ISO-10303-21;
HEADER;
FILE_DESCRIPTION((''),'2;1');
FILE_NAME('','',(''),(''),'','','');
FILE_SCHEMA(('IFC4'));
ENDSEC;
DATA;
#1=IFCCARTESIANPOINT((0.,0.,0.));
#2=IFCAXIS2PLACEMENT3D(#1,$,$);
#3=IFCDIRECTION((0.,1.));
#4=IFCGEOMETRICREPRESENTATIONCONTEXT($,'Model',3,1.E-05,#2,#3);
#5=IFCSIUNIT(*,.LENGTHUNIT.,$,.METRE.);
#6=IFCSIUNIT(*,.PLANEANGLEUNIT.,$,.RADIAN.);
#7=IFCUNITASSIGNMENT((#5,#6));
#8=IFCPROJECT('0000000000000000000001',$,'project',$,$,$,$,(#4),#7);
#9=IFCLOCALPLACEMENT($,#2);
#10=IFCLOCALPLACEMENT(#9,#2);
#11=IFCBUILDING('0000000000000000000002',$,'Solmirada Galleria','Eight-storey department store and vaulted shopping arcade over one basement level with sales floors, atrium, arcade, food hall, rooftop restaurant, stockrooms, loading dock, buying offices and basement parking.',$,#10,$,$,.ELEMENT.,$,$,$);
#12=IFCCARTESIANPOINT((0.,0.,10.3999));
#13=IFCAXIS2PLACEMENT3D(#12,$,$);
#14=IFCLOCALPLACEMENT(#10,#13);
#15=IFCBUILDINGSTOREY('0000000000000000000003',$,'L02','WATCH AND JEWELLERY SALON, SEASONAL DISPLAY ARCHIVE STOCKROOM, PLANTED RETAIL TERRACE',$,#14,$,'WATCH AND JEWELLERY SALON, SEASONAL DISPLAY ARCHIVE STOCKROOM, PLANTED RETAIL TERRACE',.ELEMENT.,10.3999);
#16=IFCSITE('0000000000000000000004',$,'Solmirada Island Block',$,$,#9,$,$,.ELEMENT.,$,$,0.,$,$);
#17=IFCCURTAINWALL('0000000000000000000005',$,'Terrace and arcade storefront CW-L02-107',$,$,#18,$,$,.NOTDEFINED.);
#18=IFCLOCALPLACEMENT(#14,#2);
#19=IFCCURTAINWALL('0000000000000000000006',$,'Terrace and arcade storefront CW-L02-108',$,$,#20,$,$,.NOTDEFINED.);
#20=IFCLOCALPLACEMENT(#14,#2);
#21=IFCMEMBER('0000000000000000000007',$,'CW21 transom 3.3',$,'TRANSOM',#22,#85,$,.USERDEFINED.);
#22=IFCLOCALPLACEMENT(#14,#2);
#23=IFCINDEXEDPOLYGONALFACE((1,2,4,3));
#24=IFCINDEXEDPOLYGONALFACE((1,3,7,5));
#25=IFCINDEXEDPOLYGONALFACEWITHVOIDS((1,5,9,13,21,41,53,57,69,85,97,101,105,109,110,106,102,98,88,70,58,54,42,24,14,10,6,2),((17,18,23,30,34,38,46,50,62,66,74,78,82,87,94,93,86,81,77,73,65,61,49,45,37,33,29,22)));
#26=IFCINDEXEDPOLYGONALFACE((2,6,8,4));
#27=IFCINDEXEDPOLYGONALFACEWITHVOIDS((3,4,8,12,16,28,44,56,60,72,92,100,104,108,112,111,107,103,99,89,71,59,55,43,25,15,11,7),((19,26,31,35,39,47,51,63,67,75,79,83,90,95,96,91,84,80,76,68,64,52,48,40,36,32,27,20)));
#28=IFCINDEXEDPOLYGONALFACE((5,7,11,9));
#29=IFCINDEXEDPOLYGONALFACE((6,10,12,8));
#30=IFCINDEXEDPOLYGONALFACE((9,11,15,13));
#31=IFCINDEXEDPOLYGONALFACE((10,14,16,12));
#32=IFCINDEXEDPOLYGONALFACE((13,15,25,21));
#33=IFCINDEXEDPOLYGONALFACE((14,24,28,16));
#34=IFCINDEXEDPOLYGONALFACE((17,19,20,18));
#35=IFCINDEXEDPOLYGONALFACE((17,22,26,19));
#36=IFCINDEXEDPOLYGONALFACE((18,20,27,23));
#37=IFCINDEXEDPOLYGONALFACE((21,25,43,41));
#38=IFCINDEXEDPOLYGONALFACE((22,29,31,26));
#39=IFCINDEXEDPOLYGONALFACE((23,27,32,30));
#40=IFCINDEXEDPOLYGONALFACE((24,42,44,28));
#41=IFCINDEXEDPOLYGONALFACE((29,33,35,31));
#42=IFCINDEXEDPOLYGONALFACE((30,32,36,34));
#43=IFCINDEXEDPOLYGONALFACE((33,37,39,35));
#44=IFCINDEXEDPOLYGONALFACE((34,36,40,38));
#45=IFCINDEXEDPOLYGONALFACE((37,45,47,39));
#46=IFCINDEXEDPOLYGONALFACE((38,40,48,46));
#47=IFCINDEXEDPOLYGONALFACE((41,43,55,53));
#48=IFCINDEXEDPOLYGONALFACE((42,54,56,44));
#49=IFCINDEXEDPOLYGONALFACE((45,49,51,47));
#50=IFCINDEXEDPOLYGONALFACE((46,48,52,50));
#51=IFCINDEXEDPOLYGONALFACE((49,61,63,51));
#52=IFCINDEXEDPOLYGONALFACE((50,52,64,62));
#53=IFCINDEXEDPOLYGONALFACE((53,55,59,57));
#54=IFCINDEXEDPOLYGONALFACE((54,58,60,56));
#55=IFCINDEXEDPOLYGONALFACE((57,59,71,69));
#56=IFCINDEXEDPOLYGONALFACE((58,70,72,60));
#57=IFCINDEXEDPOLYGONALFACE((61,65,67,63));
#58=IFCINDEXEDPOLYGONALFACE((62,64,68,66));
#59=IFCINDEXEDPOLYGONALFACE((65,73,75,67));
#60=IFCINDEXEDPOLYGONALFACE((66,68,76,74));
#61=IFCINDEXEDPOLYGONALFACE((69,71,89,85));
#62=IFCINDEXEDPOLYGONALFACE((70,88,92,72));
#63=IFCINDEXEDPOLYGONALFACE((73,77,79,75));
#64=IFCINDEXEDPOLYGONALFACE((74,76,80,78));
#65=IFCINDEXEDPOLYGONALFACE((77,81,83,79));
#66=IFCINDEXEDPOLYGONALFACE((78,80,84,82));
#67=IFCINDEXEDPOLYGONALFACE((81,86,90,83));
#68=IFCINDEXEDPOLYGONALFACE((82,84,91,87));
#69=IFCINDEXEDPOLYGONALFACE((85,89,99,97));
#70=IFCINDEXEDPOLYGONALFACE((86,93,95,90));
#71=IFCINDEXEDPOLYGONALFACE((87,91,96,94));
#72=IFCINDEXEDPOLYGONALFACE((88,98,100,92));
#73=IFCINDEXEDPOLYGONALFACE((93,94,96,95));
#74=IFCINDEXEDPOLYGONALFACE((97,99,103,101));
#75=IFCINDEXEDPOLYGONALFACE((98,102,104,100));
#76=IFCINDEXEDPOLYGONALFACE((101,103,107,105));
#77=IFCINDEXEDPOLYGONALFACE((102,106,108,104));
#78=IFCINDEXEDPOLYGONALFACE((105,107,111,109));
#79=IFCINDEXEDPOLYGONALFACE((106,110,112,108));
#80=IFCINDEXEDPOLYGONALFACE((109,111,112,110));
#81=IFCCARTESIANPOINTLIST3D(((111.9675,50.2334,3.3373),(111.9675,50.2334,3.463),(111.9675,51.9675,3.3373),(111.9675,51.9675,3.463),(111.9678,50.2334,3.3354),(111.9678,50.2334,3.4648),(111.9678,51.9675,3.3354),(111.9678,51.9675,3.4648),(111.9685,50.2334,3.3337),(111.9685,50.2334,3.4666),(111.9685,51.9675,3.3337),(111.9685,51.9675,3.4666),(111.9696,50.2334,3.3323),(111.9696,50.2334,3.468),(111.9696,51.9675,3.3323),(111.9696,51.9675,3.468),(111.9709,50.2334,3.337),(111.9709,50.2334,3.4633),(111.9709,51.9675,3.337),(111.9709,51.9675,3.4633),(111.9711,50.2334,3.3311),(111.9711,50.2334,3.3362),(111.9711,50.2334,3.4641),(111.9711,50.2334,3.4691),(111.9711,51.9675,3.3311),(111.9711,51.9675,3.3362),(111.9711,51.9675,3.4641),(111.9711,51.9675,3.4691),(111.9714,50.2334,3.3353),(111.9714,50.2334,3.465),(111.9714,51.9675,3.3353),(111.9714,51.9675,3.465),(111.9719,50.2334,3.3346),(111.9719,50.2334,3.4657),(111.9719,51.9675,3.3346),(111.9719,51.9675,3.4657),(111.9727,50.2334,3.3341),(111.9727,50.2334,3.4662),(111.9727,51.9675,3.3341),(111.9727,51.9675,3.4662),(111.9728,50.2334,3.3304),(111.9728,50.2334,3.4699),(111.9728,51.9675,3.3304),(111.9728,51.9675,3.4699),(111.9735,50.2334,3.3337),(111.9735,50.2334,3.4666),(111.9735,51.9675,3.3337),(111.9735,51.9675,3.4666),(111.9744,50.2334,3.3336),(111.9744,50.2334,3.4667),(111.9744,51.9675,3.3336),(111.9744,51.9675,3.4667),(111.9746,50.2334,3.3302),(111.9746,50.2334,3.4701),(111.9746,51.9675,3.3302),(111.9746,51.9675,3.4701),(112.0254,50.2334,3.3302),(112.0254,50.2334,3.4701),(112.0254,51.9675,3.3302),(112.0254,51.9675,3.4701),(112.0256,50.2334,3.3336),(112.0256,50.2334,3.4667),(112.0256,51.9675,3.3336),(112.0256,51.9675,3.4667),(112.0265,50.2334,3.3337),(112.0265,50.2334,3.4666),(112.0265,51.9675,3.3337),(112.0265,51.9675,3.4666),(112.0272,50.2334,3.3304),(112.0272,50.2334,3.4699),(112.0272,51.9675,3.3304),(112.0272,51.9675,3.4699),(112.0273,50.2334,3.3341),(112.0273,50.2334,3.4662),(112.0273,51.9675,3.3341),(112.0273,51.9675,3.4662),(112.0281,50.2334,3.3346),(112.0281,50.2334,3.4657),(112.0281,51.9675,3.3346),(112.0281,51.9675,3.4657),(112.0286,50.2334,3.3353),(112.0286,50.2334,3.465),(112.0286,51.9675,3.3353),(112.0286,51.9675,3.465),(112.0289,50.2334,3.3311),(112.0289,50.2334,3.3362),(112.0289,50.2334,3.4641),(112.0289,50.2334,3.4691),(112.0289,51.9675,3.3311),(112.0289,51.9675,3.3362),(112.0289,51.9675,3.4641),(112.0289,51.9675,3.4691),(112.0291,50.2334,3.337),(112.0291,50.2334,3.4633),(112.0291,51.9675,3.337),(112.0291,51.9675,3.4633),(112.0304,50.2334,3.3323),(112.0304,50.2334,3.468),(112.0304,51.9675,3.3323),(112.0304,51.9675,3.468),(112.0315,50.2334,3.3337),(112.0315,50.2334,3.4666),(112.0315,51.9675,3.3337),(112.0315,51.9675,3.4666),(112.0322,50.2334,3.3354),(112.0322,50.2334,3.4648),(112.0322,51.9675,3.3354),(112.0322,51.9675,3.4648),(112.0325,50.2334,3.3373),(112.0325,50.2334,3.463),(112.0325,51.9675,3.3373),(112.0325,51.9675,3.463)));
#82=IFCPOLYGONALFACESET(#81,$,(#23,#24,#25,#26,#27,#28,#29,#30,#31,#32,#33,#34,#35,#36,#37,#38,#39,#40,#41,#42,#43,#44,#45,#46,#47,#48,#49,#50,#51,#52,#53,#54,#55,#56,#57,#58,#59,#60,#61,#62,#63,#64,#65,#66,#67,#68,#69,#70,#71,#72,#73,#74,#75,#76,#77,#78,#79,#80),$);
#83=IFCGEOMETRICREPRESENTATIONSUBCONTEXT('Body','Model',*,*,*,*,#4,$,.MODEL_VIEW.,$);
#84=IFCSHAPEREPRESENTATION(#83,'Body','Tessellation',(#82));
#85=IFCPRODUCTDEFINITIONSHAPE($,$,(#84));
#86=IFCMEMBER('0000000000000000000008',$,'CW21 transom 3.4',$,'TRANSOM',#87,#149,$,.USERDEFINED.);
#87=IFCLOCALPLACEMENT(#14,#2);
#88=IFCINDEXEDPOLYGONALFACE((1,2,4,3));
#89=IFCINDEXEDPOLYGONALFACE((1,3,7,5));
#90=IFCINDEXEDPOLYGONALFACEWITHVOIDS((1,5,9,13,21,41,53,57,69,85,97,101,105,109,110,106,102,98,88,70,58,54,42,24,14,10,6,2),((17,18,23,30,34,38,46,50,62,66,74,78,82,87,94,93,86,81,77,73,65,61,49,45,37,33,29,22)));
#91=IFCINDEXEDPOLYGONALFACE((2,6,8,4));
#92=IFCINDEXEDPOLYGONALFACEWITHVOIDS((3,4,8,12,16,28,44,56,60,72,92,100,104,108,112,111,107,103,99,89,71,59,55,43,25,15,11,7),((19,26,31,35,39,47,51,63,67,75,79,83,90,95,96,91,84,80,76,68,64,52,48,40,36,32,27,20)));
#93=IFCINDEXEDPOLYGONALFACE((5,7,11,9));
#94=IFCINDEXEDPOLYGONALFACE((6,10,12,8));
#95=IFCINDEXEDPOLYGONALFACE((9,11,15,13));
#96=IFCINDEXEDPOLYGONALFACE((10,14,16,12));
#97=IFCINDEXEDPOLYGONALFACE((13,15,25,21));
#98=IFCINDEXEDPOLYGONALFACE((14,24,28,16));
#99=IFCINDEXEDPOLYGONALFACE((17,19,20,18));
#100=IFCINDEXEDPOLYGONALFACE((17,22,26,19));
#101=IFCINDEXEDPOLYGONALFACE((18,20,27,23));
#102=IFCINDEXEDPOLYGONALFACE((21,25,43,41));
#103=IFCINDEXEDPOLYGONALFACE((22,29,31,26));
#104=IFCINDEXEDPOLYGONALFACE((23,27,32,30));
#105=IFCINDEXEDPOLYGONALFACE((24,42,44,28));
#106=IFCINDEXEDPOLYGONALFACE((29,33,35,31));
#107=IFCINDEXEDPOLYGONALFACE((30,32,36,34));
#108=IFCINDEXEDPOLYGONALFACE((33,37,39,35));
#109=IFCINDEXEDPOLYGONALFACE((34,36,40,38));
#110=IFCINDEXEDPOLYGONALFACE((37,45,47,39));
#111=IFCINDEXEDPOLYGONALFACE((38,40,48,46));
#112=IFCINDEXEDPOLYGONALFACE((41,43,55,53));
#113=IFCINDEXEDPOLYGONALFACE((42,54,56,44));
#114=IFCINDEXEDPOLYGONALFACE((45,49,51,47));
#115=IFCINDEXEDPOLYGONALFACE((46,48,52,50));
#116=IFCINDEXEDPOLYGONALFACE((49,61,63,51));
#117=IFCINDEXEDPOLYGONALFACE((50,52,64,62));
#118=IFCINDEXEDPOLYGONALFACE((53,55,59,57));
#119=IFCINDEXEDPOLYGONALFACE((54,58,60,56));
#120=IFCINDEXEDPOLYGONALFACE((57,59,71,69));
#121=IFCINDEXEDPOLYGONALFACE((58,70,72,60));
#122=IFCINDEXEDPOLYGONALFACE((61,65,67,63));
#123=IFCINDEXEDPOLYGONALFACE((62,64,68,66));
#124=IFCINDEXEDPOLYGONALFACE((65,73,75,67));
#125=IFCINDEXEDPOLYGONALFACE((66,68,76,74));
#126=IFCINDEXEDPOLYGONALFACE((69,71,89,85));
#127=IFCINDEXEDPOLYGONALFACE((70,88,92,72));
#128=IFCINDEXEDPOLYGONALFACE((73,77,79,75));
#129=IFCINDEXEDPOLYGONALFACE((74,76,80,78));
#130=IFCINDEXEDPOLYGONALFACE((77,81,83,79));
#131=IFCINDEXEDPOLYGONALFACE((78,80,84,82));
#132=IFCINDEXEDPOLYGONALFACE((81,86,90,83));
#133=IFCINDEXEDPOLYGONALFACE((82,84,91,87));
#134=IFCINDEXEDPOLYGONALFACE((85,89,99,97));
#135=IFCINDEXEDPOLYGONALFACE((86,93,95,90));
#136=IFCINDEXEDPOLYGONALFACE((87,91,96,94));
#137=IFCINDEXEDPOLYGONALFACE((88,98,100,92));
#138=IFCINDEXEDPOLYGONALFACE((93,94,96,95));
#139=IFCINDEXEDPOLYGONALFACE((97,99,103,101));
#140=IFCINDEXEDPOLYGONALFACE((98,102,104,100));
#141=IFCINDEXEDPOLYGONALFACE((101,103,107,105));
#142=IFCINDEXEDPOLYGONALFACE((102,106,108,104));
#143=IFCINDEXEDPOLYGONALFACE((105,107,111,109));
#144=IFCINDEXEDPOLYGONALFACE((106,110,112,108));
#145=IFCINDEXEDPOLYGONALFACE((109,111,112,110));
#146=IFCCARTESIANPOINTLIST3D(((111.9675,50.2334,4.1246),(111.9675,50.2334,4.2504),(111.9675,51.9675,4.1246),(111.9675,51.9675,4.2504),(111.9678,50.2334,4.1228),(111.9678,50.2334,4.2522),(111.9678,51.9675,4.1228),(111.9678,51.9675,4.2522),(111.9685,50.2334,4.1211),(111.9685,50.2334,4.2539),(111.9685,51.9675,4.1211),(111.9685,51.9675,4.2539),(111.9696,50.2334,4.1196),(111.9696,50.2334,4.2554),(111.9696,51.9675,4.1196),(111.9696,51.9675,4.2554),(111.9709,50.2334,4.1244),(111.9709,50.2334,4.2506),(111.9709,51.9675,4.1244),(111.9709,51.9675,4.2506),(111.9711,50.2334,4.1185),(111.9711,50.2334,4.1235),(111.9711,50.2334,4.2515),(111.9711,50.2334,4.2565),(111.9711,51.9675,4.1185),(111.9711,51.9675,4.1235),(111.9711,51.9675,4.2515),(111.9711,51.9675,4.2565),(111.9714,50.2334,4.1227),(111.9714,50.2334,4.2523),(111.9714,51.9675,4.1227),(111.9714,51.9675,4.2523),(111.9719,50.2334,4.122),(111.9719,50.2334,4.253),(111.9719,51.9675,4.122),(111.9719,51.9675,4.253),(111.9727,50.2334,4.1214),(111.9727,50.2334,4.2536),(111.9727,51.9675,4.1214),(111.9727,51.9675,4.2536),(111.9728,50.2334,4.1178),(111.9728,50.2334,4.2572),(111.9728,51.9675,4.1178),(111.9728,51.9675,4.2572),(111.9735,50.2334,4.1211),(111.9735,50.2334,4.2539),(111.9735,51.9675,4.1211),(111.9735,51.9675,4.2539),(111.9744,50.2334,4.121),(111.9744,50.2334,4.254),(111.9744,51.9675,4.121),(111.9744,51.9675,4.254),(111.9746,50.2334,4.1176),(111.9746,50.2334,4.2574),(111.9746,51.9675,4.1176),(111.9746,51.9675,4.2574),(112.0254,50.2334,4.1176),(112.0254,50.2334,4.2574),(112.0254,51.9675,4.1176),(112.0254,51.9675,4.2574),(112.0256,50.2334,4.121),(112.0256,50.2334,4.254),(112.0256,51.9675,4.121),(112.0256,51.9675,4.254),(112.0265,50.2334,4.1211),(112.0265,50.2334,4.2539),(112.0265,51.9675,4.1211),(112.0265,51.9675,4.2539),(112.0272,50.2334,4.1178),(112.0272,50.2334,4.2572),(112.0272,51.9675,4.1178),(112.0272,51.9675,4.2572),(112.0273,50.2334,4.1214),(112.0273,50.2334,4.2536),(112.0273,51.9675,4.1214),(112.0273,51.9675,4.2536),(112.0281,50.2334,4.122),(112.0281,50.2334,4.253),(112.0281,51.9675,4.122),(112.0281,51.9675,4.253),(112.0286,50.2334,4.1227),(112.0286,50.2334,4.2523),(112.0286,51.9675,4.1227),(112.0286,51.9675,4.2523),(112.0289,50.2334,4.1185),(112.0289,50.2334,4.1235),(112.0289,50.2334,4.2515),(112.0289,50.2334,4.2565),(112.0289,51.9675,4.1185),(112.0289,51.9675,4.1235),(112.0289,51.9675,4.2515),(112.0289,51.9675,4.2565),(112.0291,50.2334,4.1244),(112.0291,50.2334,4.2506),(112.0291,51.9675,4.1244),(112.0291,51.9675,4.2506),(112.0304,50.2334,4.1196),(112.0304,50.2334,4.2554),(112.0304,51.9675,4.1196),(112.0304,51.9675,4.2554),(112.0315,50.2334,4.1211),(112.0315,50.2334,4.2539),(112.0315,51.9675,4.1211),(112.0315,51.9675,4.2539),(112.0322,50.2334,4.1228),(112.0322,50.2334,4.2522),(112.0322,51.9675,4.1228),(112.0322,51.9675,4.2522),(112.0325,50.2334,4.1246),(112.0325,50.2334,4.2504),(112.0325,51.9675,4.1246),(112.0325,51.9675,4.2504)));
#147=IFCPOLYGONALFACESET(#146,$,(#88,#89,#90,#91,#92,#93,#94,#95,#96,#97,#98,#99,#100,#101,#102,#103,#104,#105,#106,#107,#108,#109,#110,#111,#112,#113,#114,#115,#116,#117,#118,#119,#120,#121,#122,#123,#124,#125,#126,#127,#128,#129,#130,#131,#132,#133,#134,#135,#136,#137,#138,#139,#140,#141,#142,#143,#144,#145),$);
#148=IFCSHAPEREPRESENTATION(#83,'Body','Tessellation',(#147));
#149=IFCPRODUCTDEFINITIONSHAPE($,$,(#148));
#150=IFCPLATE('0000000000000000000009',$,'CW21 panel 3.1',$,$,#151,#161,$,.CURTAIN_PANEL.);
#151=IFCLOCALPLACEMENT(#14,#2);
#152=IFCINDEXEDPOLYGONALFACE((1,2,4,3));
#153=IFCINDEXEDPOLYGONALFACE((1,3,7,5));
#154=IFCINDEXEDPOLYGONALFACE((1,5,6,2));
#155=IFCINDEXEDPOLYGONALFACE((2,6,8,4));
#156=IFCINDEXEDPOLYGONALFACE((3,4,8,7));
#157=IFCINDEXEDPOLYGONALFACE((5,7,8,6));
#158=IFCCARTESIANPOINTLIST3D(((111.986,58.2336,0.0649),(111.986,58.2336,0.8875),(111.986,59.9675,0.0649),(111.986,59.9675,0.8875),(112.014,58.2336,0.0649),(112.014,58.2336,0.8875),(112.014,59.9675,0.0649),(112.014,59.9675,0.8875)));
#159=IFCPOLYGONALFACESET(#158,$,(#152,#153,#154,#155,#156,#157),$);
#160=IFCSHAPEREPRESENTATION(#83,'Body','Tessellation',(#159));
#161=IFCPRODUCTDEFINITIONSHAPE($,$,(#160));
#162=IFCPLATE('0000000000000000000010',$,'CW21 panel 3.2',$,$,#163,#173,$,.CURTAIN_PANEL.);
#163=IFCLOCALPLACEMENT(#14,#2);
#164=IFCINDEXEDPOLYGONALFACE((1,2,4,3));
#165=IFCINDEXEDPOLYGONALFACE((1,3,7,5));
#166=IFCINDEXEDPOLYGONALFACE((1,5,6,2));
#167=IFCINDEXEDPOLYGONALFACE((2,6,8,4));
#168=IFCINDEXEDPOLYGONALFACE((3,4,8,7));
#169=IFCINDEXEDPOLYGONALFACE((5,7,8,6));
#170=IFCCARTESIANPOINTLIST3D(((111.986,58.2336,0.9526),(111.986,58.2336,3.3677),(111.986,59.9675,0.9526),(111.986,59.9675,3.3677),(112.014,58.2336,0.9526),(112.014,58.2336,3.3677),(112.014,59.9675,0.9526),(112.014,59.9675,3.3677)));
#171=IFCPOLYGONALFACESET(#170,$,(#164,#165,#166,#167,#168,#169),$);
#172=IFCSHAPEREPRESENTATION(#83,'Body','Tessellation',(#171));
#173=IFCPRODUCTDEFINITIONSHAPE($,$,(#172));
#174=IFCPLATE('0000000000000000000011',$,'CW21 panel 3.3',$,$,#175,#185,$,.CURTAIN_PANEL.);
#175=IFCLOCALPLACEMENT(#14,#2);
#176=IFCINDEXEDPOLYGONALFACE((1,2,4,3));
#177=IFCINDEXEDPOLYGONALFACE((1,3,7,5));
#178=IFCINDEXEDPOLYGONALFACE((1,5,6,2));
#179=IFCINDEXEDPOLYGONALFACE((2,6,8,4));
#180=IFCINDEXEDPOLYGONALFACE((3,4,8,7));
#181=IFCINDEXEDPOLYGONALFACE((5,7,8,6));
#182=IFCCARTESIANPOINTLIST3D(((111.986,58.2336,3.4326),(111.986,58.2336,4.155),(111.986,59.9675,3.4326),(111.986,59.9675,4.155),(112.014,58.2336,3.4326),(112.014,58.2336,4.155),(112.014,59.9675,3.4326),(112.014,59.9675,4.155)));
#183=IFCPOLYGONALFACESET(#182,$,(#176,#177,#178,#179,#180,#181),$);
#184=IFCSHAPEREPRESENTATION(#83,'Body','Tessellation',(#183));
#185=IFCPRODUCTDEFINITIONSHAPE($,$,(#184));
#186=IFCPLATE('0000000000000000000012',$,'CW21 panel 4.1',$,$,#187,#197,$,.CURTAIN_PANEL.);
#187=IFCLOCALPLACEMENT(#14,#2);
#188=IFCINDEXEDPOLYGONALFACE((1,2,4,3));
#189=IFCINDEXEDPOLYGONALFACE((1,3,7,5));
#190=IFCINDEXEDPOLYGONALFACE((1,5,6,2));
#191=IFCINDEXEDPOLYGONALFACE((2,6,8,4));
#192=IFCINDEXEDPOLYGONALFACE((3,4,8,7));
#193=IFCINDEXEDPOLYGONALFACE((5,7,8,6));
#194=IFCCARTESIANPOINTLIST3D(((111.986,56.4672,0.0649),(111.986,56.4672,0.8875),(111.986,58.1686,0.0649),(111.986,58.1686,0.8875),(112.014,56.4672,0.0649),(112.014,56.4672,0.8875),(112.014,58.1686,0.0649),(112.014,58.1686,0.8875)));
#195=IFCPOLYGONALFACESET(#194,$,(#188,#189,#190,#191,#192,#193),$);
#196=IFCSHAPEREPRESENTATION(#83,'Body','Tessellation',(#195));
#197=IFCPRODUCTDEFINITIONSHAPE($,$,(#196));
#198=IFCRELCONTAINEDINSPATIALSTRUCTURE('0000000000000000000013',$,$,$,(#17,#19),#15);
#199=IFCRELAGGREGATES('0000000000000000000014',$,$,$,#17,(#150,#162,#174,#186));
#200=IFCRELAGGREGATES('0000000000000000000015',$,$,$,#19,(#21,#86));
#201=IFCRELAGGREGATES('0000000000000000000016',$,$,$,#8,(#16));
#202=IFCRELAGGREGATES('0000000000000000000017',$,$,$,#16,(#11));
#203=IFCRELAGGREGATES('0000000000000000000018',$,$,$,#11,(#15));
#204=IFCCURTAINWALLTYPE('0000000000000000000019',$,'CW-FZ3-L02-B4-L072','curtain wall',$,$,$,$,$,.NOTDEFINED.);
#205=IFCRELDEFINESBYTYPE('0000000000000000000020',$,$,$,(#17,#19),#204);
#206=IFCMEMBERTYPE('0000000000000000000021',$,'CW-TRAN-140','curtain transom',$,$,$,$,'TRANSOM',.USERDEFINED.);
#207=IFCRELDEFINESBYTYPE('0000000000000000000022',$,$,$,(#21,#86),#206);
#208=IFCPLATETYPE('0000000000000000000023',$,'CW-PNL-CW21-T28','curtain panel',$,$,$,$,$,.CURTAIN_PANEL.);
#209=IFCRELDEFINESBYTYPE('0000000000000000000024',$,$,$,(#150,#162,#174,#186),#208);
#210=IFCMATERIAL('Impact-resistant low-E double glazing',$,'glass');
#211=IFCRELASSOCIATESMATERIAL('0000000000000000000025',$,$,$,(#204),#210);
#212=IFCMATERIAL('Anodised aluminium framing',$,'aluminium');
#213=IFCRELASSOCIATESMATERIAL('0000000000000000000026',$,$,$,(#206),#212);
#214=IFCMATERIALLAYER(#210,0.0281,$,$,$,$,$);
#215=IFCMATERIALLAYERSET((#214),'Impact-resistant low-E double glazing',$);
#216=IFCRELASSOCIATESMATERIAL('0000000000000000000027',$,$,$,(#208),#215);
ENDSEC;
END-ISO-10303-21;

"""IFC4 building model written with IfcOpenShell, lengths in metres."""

from ifc_helpers import new_model, si_unit, direction, frame, origin, origin_2d, place, context, subcontext, project, spatial, rectangle, hollow_rectangle, extrude, material, layer, layer_set, material_profile, profile_set, type_object, element, aggregate, save


model = new_model("IFC4")

# Units and contexts
model_context = context("Model", 3, precision=1e-05, world=origin(), true_north=direction((0.0, 1.0)))
body_context = subcontext(model_context, "Body", "Model", "MODEL_VIEW")
ifc_project = project(units=[si_unit("LENGTHUNIT", "METRE"), si_unit("PLANEANGLEUNIT", "RADIAN")], contexts=[model_context])

# Site, building, storey
site_placement = place(None, origin())
site = spatial("IfcSite", under=ifc_project, at=site_placement, Name="Solmirada Island Block", CompositionType="ELEMENT", RefElevation=0.0)
building_placement = place(site_placement, origin())
building = spatial("IfcBuilding", under=site, at=building_placement, Name="Solmirada Galleria", Description="Eight-storey department store and vaulted shopping arcade over one basement level with sales floors, atrium, arcade, food hall, rooftop restaurant, stockrooms, loading dock, buying offices and basement parking.", CompositionType="ELEMENT")
storey_placement = place(building_placement, frame((0.0, 0.0, 10.3999)))
storey = spatial("IfcBuildingStorey", under=building, at=storey_placement, Name="L02", Description="WATCH AND JEWELLERY SALON, SEASONAL DISPLAY ARCHIVE STOCKROOM, PLANTED RETAIL TERRACE", LongName="WATCH AND JEWELLERY SALON, SEASONAL DISPLAY ARCHIVE STOCKROOM, PLANTED RETAIL TERRACE", CompositionType="ELEMENT", Elevation=10.3999)

# Curtain walls
ifc_material_1 = material(Name="Impact-resistant low-E double glazing", Category="glass")
curtain_wall_type = type_object("IfcCurtainWallType", Name="CW-FZ3-L02-B4-L072", Description="curtain wall", PredefinedType="NOTDEFINED", material=ifc_material_1)
curtain_wall_1_placement = place(storey_placement, origin())
curtain_wall_1 = element("IfcCurtainWall", 1, at=curtain_wall_1_placement, inside=storey, type_object=curtain_wall_type, Name="Terrace and arcade storefront CW-L02-107", PredefinedType="NOTDEFINED")
ifc_material_2 = material(Name="Anodised aluminium framing", Category="aluminium")
curtain_wall_2_placement = place(storey_placement, origin())
curtain_wall_2 = element("IfcCurtainWall", 2, at=curtain_wall_2_placement, inside=storey, type_object=curtain_wall_type, Name="Terrace and arcade storefront CW-L02-108", PredefinedType="NOTDEFINED")

# Members
ifc_material_profile_1 = material_profile(ifc_material_2, hollow_rectangle(XDim=0.0649, YDim=0.1399, WallThickness=0.0034, InnerFilletRadius=0.0034, OuterFilletRadius=0.0071, at=origin_2d()), Name="ALU-TRAN-140X65")
ifc_profile_set_1 = profile_set([ifc_material_profile_1], Name="Anodised aluminium framing")
member_type_1 = type_object("IfcMemberType", Name="CW-TRAN-140", Description="curtain transom", ElementType="TRANSOM", PredefinedType="USERDEFINED", material=ifc_profile_set_1)
member_1_placement = place(storey_placement, frame((112.0, 51.9675, 3.4001), z_axis=(0.0, -1.0, 0.0), x_axis=(1.0, 0.0, 0.0)))
member_1 = element("IfcMember", 3, at=member_1_placement, type_object=member_type_1, Name="CW21 transom 3.3", ObjectType="TRANSOM", PredefinedType="USERDEFINED", context=body_context, shape_type="SweptSolid", body=[
    extrude(hollow_rectangle(XDim=0.0649, YDim=0.1399, WallThickness=0.0034, InnerFilletRadius=0.0034, OuterFilletRadius=0.0071, at=origin_2d()), origin(), (0.0, 0.0, 1.0), 1.7341),
])
member_2_placement = place(storey_placement, frame((112.0, 51.9675, 4.1875), z_axis=(0.0, -1.0, 0.0), x_axis=(1.0, 0.0, 0.0)))
member_2 = element("IfcMember", 4, at=member_2_placement, type_object=member_type_1, Name="CW21 transom 3.4", ObjectType="TRANSOM", PredefinedType="USERDEFINED", context=body_context, shape_type="SweptSolid", body=[
    extrude(hollow_rectangle(XDim=0.0649, YDim=0.1399, WallThickness=0.0034, InnerFilletRadius=0.0034, OuterFilletRadius=0.0071, at=origin_2d()), origin(), (0.0, 0.0, 1.0), 1.7341),
])

# Plates
ifc_layer = layer(ifc_material_1, 0.0281)
ifc_layer_set = layer_set([ifc_layer], Name="Impact-resistant low-E double glazing")
plate_type = type_object("IfcPlateType", Name="CW-PNL-CW21-T28", Description="curtain panel", PredefinedType="CURTAIN_PANEL", material=ifc_layer_set)
plate_1_placement = place(storey_placement, frame((112.0, 59.1006, 0.0649), z_axis=(0.0, 0.0, 1.0), x_axis=(0.0, -1.0, 0.0)))
plate_1 = element("IfcPlate", 5, at=plate_1_placement, type_object=plate_type, Name="CW21 panel 3.1", PredefinedType="CURTAIN_PANEL", context=body_context, shape_type="SweptSolid", body=[
    extrude(rectangle(XDim=1.7339, YDim=0.0281, at=origin_2d()), origin(), (0.0, 0.0, 1.0), 0.8225),
])
plate_2_placement = place(storey_placement, frame((112.0, 59.1006, 0.9526), z_axis=(0.0, 0.0, 1.0), x_axis=(0.0, -1.0, 0.0)))
plate_2 = element("IfcPlate", 6, at=plate_2_placement, type_object=plate_type, Name="CW21 panel 3.2", PredefinedType="CURTAIN_PANEL", context=body_context, shape_type="SweptSolid", body=[
    extrude(rectangle(XDim=1.7339, YDim=0.0281, at=origin_2d()), origin(), (0.0, 0.0, 1.0), 2.415),
])
plate_3_placement = place(storey_placement, frame((112.0, 59.1006, 3.4326), z_axis=(0.0, 0.0, 1.0), x_axis=(0.0, -1.0, 0.0)))
plate_3 = element("IfcPlate", 7, at=plate_3_placement, type_object=plate_type, Name="CW21 panel 3.3", PredefinedType="CURTAIN_PANEL", context=body_context, shape_type="SweptSolid", body=[
    extrude(rectangle(XDim=1.7339, YDim=0.0281, at=origin_2d()), origin(), (0.0, 0.0, 1.0), 0.7224),
])
plate_4_placement = place(storey_placement, frame((112.0, 57.3179, 0.0649), z_axis=(0.0, 0.0, 1.0), x_axis=(0.0, -1.0, 0.0)))
plate_4 = element("IfcPlate", 8, at=plate_4_placement, type_object=plate_type, Name="CW21 panel 4.1", PredefinedType="CURTAIN_PANEL", context=body_context, shape_type="SweptSolid", body=[
    extrude(rectangle(XDim=1.7014, YDim=0.0281, at=origin_2d()), origin(), (0.0, 0.0, 1.0), 0.8225),
])
aggregate(curtain_wall_1, [plate_1, plate_2, plate_3, plate_4])
aggregate(curtain_wall_2, [member_1, member_2])

save(model, "model.ifc")
